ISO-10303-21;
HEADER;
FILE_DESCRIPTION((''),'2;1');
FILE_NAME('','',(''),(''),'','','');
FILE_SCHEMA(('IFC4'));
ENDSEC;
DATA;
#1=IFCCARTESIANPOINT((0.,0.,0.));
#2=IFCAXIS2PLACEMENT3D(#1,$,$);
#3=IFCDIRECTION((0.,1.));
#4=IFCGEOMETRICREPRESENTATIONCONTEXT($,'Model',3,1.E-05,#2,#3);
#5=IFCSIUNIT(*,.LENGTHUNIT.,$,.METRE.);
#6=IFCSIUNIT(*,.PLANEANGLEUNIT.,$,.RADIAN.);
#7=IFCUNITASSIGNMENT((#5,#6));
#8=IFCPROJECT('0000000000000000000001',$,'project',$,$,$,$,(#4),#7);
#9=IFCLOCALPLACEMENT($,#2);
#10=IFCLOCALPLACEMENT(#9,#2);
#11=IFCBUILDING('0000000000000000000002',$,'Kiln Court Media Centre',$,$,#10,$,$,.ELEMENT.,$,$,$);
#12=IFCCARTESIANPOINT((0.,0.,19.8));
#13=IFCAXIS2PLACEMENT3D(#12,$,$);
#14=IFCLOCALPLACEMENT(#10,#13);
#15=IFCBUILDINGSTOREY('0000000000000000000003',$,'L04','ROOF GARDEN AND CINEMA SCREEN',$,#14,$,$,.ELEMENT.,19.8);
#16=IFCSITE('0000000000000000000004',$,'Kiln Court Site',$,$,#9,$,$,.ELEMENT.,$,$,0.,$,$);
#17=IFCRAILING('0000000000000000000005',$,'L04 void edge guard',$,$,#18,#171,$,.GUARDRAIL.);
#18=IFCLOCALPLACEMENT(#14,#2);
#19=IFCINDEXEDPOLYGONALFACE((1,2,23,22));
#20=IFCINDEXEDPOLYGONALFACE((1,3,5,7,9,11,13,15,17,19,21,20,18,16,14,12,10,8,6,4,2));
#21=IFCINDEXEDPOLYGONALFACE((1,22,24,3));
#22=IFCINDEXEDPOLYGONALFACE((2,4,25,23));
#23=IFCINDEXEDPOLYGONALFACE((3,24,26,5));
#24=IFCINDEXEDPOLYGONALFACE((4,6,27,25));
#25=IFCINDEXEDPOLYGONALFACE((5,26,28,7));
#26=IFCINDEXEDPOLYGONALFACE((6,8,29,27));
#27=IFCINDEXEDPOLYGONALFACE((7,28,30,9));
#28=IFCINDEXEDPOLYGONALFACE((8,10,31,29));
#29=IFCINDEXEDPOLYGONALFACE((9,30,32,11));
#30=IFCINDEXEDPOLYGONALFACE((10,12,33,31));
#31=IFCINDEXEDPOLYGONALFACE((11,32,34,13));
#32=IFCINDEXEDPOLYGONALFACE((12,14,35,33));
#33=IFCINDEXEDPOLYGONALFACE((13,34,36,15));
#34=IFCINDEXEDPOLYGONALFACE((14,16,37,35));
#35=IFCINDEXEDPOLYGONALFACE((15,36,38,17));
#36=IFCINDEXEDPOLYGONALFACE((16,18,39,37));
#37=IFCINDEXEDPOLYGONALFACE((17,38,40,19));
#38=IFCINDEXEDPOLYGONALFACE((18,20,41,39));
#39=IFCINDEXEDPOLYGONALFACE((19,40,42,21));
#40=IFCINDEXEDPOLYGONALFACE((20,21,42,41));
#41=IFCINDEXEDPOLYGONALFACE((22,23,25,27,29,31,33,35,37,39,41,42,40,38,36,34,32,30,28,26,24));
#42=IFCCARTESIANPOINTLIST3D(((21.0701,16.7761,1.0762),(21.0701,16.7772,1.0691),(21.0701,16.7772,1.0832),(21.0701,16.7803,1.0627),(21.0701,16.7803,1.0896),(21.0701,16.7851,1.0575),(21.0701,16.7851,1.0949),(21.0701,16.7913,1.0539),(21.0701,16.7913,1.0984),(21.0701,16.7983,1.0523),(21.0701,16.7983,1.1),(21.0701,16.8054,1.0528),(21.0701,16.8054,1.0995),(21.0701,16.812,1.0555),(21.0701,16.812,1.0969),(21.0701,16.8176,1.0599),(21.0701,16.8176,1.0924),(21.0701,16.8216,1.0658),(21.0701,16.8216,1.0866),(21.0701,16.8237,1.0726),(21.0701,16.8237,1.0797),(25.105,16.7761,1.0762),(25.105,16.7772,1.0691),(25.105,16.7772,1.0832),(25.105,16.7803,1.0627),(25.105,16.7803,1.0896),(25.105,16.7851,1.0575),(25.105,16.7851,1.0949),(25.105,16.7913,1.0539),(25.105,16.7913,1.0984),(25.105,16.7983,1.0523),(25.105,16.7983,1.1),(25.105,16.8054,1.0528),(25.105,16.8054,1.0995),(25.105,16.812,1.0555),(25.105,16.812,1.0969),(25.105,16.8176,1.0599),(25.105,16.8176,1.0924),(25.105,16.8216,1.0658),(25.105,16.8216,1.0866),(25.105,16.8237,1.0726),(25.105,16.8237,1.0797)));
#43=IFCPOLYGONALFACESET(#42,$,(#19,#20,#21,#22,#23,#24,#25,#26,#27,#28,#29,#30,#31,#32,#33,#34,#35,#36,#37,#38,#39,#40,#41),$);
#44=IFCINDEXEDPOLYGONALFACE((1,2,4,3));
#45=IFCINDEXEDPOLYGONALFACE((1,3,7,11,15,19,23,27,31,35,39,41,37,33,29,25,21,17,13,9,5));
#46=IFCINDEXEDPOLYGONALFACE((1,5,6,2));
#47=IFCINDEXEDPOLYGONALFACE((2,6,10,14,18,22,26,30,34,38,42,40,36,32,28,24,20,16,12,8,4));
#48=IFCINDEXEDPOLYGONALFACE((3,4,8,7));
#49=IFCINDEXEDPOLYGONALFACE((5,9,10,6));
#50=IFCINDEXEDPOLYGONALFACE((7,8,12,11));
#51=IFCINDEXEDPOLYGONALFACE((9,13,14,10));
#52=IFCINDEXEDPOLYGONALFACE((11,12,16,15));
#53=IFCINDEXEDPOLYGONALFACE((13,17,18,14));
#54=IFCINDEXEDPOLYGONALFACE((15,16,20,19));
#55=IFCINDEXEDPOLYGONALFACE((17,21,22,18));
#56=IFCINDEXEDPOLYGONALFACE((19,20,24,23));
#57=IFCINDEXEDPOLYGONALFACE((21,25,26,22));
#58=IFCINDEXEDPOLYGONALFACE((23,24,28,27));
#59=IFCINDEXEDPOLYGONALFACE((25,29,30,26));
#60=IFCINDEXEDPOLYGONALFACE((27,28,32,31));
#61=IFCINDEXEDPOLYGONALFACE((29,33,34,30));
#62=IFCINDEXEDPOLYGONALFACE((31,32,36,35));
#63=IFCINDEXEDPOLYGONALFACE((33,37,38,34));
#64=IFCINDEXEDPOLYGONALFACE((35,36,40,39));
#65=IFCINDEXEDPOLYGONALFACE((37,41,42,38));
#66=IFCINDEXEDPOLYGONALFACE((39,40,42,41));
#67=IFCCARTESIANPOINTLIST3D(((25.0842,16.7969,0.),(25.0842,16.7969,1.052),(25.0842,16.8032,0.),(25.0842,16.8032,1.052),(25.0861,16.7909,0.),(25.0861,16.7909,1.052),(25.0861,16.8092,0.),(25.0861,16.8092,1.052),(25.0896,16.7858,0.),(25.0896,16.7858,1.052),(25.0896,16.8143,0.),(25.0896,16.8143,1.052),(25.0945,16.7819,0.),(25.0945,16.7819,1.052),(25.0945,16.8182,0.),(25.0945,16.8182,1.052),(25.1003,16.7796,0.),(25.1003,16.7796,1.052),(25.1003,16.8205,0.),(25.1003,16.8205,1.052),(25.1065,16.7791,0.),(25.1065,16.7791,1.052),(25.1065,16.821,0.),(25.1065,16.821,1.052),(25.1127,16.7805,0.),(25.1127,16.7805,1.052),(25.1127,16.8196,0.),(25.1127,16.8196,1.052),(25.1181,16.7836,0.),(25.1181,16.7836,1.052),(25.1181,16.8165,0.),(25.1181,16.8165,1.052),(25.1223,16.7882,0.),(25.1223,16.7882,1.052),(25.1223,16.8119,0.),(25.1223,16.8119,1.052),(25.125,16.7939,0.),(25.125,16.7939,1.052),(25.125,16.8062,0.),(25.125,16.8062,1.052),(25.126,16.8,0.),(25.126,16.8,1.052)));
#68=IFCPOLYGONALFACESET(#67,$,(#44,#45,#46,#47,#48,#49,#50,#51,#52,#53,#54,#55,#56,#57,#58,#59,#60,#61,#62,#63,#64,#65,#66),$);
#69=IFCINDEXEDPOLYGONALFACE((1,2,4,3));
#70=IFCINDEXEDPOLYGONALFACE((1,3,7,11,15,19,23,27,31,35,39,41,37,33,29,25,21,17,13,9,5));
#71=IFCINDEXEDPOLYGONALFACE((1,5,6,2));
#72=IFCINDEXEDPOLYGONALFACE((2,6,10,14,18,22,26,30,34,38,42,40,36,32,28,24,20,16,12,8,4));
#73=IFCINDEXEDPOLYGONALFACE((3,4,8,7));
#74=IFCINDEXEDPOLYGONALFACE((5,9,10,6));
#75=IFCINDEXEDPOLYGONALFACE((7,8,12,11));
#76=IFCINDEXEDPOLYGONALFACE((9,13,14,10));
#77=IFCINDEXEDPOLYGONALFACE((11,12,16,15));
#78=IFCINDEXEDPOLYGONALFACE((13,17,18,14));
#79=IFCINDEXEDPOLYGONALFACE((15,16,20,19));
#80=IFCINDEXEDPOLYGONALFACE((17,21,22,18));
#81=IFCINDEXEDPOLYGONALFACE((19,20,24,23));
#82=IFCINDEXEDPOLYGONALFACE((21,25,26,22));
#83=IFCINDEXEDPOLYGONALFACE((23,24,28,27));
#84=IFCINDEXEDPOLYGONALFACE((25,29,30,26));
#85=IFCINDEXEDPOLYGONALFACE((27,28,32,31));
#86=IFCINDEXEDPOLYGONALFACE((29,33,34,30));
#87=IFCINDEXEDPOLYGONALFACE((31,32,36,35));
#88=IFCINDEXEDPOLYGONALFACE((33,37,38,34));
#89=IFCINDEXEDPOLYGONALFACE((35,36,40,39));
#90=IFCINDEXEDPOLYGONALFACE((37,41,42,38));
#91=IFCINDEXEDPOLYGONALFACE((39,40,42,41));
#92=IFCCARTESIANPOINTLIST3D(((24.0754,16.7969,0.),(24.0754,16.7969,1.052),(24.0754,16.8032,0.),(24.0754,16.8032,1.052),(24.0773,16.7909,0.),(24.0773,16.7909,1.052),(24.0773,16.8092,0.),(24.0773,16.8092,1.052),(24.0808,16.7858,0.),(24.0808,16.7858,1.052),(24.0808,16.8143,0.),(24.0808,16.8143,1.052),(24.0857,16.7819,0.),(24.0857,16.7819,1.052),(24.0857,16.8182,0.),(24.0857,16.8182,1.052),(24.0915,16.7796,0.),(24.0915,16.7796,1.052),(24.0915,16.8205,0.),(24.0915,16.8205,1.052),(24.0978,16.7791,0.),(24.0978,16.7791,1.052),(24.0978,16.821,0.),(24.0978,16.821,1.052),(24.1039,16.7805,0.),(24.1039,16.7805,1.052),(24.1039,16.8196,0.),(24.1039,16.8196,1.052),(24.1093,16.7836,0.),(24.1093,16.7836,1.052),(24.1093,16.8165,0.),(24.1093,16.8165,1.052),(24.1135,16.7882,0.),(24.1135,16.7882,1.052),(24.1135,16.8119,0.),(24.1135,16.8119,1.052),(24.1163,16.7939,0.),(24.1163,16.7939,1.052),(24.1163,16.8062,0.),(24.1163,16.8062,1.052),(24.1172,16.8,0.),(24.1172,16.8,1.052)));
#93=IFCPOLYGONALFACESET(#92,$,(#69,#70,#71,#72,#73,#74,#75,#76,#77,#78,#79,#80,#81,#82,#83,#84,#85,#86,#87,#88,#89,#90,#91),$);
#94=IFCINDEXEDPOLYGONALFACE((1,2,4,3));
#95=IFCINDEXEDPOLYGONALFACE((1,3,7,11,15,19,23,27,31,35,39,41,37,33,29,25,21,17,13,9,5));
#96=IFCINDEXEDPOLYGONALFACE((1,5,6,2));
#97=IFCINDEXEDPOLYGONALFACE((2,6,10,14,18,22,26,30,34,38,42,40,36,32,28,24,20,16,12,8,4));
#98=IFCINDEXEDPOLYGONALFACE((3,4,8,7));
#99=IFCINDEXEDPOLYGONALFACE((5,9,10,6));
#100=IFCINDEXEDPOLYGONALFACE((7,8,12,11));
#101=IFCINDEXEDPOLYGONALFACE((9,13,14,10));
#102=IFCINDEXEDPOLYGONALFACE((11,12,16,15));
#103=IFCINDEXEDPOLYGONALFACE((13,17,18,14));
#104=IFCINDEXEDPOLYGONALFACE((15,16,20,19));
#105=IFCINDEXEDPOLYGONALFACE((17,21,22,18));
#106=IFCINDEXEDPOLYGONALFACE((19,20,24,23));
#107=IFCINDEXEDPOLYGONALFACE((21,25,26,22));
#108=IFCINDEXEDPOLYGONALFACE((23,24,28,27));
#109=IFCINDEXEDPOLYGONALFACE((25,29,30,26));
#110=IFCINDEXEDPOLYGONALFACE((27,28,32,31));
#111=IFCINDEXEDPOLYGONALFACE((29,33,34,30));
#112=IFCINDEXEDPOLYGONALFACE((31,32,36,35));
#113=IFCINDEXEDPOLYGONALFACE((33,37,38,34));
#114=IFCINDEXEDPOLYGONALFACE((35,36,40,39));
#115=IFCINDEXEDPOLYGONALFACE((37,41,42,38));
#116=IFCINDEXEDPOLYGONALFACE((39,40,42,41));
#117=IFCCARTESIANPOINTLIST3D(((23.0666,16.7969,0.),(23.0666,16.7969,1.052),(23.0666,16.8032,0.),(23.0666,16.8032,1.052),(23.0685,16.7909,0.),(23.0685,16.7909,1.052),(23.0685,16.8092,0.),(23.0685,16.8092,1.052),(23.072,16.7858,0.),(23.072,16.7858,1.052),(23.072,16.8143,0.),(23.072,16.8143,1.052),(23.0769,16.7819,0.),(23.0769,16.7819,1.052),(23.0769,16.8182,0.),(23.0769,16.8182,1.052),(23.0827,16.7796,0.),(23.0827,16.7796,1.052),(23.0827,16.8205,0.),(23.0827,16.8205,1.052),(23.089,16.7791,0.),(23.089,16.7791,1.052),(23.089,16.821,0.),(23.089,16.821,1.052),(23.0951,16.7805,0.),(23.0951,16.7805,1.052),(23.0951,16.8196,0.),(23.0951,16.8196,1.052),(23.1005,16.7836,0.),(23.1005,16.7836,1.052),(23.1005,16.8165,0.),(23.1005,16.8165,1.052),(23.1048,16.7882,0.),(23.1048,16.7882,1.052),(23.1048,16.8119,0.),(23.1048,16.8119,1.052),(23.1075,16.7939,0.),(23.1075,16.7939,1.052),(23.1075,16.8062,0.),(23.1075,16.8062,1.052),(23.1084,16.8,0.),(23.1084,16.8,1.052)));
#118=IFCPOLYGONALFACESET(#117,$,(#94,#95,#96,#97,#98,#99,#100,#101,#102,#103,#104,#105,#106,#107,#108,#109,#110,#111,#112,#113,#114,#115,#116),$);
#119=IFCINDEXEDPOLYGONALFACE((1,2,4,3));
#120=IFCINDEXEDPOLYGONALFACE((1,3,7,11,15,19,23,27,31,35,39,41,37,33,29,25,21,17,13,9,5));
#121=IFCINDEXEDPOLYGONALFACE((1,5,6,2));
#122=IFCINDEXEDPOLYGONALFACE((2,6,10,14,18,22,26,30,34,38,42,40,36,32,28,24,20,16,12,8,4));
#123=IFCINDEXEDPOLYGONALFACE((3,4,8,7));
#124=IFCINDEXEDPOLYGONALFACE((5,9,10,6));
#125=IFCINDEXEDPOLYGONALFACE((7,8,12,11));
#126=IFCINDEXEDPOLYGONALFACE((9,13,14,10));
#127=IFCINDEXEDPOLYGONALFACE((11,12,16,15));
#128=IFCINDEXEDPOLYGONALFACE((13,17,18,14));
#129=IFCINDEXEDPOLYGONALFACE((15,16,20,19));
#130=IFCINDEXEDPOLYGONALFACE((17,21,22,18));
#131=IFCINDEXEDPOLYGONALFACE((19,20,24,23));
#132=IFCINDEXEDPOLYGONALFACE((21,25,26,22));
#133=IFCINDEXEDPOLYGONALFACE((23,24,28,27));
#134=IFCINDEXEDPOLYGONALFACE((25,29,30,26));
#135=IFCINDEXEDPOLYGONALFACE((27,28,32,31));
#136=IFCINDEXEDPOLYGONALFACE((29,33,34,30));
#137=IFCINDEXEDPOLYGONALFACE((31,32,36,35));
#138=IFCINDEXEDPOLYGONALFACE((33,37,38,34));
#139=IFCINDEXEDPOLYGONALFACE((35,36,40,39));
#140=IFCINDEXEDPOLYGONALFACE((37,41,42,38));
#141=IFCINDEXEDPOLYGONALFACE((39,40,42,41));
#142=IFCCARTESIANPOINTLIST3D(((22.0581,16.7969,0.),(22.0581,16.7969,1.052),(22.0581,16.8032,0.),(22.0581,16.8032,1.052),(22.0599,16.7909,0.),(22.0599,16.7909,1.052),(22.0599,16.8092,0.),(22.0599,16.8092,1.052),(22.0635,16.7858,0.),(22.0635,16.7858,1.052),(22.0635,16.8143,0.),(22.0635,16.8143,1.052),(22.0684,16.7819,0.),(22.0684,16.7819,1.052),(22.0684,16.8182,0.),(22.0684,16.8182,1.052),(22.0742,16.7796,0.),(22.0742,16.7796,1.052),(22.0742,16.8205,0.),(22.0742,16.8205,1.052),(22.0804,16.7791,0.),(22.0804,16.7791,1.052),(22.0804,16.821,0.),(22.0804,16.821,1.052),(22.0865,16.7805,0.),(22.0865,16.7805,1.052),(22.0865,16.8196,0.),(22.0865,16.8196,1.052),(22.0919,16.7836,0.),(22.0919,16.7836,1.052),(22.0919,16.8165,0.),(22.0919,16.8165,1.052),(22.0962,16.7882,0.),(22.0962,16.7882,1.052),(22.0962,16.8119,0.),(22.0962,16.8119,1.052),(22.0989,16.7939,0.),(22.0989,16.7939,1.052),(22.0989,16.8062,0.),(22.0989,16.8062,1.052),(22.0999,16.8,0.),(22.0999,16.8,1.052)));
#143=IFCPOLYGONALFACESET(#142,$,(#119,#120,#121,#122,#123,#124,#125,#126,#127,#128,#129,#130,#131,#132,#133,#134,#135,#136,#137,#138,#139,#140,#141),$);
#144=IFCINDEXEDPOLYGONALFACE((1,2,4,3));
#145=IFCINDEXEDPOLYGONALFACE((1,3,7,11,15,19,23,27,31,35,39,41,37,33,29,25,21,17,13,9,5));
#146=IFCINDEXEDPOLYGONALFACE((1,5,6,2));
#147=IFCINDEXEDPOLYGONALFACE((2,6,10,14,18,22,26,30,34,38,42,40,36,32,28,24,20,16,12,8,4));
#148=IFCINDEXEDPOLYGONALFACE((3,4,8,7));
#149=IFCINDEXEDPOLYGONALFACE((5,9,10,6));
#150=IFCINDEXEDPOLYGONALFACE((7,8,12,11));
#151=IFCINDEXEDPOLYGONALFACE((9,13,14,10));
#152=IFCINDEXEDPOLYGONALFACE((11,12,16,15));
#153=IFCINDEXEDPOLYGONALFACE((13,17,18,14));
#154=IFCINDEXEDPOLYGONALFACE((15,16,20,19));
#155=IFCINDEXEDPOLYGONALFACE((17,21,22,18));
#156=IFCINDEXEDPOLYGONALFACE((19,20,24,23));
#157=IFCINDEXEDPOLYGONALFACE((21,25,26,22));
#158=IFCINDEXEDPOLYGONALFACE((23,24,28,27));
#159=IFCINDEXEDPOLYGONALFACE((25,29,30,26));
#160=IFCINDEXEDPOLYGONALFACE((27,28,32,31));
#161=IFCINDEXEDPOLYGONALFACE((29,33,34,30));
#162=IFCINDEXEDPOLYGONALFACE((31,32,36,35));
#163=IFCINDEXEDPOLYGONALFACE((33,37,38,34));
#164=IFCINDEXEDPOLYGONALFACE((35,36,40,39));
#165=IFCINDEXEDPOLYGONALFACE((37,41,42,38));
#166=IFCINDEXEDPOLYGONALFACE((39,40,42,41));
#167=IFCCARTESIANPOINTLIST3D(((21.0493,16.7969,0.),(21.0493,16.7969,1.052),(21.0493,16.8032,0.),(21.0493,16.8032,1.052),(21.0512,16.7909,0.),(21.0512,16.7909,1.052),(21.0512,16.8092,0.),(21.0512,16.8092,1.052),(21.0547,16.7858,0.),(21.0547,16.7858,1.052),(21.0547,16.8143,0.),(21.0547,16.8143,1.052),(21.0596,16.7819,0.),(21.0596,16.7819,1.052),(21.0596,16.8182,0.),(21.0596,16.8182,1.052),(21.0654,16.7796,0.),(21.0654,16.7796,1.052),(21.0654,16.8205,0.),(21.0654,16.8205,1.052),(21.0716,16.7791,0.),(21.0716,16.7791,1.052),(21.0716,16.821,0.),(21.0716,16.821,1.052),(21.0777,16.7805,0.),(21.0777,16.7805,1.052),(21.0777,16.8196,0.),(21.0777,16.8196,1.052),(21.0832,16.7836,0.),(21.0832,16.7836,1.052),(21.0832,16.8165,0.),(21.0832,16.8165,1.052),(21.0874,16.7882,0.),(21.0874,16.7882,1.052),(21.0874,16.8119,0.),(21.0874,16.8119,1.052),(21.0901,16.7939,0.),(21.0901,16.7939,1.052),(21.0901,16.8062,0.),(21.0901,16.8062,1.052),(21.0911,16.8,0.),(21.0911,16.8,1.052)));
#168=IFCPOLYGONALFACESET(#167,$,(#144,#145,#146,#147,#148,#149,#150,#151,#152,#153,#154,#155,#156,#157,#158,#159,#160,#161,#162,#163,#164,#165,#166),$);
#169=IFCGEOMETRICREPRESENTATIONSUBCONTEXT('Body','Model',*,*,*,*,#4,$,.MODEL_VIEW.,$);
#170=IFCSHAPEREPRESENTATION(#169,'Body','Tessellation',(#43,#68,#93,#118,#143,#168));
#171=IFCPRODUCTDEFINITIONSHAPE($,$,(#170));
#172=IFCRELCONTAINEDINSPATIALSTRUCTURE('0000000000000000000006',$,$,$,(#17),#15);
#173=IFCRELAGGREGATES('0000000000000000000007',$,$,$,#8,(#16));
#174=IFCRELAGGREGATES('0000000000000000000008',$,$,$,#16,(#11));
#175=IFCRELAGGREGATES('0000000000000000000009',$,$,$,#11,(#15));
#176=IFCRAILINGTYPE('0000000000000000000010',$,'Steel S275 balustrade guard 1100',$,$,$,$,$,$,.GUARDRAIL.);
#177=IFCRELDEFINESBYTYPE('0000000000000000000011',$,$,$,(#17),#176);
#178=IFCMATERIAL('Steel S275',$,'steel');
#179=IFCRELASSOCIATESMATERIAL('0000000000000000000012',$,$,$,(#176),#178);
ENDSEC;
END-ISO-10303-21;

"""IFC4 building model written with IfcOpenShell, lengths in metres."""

from ifc_helpers import new_model, si_unit, direction, frame, origin, origin_2d, place, context, subcontext, project, spatial, circle, extrude, material, type_object, element, save


model = new_model("IFC4")

# Units and contexts
model_context = context("Model", 3, precision=1e-05, world=origin(), true_north=direction((0.0, 1.0)))
body_context = subcontext(model_context, "Body", "Model", "MODEL_VIEW")
ifc_project = project(units=[si_unit("LENGTHUNIT", "METRE"), si_unit("PLANEANGLEUNIT", "RADIAN")], contexts=[model_context])

# Site, building, storey
site_placement = place(None, origin())
site = spatial("IfcSite", under=ifc_project, at=site_placement, Name="Kiln Court Site", CompositionType="ELEMENT", RefElevation=0.0)
building_placement = place(site_placement, origin())
building = spatial("IfcBuilding", under=site, at=building_placement, Name="Kiln Court Media Centre", CompositionType="ELEMENT")
storey_placement = place(building_placement, frame((0.0, 0.0, 19.8)))
storey = spatial("IfcBuildingStorey", under=building, at=storey_placement, Name="L04", Description="ROOF GARDEN AND CINEMA SCREEN", CompositionType="ELEMENT", Elevation=19.8)

# Railing
ifc_material_1 = material(Name="Steel S275", Category="steel")
railing_type = type_object("IfcRailingType", Name="Steel S275 balustrade guard 1100", PredefinedType="GUARDRAIL", material=ifc_material_1)
railing_placement = place(storey_placement, frame((25.105, 16.8, 0.0)))
element("IfcRailing", 1, at=railing_placement, inside=storey, type_object=railing_type, Name="L04 void edge guard", PredefinedType="GUARDRAIL", context=body_context, shape_type="SweptSolid", body=[
    extrude(circle(Radius=0.0239, at=origin_2d()), frame((0.0, 0.0, 1.0762), z_axis=(-1.0, 0.0, 0.0), x_axis=(0.0, -1.0, 0.0)), (0.0, 0.0, 1.0), 4.0349),
    extrude(circle(Radius=0.021, at=origin_2d()), origin(), (0.0, 0.0, 1.0), 1.052),
    extrude(circle(Radius=0.021, at=origin_2d()), frame((-1.0088, 0.0, 0.0)), (0.0, 0.0, 1.0), 1.052),
    extrude(circle(Radius=0.021, at=origin_2d()), frame((-2.0176, 0.0, 0.0)), (0.0, 0.0, 1.0), 1.052),
    extrude(circle(Radius=0.021, at=origin_2d()), frame((-3.0261, 0.0, 0.0)), (0.0, 0.0, 1.0), 1.052),
    extrude(circle(Radius=0.021, at=origin_2d()), frame((-4.0349, 0.0, 0.0)), (0.0, 0.0, 1.0), 1.052),
])

save(model, "model.ifc")
